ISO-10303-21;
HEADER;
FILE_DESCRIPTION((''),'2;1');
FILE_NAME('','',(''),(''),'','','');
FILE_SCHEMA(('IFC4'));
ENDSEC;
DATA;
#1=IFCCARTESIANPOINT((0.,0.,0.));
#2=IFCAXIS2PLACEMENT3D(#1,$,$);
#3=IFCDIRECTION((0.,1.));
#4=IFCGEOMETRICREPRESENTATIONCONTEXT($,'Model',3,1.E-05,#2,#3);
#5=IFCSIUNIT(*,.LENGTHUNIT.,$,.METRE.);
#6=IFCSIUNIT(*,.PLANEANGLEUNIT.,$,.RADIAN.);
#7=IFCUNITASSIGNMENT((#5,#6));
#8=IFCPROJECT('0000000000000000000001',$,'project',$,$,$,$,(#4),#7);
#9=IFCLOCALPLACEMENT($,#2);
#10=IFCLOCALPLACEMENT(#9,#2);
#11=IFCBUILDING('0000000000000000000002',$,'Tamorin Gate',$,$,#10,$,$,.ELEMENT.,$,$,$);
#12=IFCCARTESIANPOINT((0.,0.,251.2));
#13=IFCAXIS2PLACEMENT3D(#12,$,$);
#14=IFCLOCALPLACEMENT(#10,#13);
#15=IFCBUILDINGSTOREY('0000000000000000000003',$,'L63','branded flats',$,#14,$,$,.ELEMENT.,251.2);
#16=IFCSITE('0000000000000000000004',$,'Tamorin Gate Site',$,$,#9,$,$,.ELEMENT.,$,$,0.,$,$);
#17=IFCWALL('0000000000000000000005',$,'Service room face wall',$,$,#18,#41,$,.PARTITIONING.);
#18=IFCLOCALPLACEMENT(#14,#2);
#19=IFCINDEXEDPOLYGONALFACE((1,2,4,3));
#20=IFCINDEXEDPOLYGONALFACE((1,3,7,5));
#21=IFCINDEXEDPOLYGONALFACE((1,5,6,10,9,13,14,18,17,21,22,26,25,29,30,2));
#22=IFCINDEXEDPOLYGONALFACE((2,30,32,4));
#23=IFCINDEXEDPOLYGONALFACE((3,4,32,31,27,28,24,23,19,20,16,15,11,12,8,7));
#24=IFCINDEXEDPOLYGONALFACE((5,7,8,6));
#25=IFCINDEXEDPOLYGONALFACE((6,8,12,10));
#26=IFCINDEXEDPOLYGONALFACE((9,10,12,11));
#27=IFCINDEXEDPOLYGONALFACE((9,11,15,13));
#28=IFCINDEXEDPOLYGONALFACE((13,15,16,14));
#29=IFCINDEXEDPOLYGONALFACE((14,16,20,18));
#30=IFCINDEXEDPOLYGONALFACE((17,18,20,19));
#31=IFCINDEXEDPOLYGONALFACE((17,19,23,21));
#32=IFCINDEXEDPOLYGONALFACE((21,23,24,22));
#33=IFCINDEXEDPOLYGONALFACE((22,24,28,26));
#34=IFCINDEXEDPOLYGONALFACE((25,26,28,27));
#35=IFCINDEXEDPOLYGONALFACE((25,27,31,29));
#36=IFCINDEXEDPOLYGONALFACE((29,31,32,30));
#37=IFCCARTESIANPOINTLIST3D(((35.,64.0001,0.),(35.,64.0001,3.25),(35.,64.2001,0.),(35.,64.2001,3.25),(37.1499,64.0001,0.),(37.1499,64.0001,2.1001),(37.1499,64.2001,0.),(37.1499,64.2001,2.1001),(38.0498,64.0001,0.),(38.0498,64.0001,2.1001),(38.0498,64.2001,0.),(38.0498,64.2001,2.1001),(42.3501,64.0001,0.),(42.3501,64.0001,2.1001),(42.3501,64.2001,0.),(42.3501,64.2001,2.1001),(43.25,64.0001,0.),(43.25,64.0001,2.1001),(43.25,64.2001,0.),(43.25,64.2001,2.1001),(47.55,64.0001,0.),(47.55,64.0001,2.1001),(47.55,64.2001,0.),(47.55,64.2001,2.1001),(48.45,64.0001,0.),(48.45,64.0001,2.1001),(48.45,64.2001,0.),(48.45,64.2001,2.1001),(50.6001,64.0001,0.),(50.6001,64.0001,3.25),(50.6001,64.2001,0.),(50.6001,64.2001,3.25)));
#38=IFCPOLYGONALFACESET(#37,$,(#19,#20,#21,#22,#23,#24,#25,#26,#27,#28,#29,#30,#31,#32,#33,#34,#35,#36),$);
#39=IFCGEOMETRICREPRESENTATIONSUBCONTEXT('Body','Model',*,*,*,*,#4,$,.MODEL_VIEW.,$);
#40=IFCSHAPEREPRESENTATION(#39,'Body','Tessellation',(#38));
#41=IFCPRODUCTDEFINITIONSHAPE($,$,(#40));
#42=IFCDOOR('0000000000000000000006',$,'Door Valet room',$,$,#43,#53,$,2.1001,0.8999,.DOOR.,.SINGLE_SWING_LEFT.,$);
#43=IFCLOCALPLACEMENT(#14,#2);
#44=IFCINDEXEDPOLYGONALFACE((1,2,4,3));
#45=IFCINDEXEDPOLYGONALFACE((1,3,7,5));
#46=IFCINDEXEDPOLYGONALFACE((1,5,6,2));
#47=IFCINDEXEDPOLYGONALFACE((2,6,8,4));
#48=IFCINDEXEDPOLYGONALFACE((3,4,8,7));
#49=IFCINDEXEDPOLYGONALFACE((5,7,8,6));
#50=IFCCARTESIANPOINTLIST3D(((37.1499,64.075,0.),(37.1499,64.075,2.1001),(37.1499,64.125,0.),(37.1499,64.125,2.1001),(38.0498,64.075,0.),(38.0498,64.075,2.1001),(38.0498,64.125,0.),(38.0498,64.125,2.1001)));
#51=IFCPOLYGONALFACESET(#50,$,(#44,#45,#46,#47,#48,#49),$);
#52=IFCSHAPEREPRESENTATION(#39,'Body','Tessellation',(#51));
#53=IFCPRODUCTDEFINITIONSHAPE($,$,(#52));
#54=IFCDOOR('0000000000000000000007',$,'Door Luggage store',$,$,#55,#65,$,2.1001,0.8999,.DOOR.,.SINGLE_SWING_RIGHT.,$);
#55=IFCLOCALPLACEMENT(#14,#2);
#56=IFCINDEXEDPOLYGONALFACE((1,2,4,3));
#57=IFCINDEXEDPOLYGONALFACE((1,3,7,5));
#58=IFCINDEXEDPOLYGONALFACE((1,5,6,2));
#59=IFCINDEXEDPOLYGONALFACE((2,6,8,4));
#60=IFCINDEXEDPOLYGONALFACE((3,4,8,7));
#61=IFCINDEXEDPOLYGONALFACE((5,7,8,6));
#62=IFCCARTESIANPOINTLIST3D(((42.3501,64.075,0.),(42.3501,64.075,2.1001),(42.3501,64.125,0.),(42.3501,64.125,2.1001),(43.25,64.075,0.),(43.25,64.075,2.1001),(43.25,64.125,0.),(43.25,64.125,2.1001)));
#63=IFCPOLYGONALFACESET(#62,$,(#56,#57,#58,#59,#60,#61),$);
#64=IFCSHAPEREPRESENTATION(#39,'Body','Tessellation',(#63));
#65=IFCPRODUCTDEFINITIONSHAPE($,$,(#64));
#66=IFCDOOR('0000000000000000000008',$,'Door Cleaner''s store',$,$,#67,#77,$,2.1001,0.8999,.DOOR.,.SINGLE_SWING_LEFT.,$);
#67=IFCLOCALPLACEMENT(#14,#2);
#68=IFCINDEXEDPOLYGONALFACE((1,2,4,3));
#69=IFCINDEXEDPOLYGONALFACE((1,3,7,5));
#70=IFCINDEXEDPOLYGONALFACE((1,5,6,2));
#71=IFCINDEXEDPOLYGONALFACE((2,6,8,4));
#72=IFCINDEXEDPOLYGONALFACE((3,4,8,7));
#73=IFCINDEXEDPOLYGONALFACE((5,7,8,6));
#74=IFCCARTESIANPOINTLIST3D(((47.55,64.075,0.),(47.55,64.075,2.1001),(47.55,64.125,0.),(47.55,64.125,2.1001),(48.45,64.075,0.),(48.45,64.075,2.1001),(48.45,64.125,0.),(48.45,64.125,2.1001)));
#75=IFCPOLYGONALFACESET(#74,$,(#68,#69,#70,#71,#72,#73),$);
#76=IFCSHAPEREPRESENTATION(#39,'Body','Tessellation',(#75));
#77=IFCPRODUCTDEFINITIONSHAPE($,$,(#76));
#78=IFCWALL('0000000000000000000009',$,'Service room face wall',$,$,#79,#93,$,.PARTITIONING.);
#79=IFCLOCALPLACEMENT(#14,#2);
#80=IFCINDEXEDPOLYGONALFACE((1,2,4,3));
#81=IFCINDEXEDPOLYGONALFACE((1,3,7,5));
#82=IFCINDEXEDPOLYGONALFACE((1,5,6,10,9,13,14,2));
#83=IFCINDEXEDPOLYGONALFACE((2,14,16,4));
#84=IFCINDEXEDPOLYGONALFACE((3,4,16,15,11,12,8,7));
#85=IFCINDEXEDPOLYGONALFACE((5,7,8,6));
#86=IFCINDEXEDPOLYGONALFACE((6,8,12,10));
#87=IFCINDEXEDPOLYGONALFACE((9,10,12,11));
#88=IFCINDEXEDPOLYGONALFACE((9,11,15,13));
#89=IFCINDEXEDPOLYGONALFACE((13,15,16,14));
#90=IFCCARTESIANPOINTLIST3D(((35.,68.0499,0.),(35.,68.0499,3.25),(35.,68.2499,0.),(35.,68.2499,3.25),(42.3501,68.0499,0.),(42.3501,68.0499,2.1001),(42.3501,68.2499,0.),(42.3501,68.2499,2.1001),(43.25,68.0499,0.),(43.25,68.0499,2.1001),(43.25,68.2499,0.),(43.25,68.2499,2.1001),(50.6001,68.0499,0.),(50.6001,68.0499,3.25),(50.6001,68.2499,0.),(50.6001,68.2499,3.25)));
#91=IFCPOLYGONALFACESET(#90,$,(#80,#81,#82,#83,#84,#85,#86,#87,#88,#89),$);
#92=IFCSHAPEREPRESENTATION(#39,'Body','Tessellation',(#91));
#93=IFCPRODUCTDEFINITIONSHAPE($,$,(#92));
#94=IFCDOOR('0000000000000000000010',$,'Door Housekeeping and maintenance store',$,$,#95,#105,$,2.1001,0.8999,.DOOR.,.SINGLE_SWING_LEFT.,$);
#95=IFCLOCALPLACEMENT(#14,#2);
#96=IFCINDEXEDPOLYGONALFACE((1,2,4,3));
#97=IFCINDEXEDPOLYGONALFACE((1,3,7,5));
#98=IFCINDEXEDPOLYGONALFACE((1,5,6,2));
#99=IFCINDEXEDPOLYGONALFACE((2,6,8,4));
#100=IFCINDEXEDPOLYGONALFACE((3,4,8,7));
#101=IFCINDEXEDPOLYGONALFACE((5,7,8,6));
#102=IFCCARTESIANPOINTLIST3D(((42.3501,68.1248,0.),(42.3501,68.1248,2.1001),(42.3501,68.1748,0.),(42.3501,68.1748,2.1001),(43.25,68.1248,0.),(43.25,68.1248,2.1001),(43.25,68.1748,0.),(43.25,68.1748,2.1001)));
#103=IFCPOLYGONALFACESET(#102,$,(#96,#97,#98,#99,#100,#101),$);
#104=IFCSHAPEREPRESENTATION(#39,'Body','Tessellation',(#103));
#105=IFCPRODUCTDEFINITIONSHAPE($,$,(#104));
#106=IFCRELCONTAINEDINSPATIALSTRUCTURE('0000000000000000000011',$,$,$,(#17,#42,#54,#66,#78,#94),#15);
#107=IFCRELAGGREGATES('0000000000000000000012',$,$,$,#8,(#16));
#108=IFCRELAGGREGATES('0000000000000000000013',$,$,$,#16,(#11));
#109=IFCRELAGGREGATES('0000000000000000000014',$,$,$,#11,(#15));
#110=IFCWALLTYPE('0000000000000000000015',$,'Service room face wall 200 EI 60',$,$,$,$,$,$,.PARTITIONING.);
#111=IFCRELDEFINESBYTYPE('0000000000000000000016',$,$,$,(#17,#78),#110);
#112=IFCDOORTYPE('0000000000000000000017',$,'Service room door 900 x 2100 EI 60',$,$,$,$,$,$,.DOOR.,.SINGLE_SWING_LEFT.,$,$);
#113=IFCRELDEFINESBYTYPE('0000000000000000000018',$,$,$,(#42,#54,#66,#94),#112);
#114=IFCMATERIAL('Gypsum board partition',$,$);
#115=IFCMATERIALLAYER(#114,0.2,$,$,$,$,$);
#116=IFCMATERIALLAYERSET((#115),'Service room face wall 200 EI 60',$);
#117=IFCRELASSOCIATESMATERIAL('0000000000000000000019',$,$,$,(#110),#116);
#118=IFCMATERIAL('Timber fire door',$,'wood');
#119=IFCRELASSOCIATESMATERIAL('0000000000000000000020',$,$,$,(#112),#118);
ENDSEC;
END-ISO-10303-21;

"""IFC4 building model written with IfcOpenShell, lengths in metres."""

from ifc_helpers import new_model, si_unit, direction, frame, frame_2d, origin, place, context, subcontext, project, spatial, rectangle, extrude, material, layer, layer_set, type_object, element, fill, save


model = new_model("IFC4")

# Units and contexts
model_context = context("Model", 3, precision=1e-05, world=origin(), true_north=direction((0.0, 1.0)))
body_context = subcontext(model_context, "Body", "Model", "MODEL_VIEW")
ifc_project = project(units=[si_unit("LENGTHUNIT", "METRE"), si_unit("PLANEANGLEUNIT", "RADIAN")], contexts=[model_context])

# Site, building, storey
site_placement = place(None, origin())
site = spatial("IfcSite", under=ifc_project, at=site_placement, Name="Tamorin Gate Site", CompositionType="ELEMENT", RefElevation=0.0)
building_placement = place(site_placement, origin())
building = spatial("IfcBuilding", under=site, at=building_placement, Name="Tamorin Gate", CompositionType="ELEMENT")
storey_placement = place(building_placement, frame((0.0, 0.0, 251.2)))
storey = spatial("IfcBuildingStorey", under=building, at=storey_placement, Name="L63", Description="branded flats", CompositionType="ELEMENT", Elevation=251.2)

# Wall, openings, doors
ifc_material_1 = material(Name="Gypsum board partition")
ifc_layer_1 = layer(ifc_material_1, 0.2)
ifc_layer_set_1 = layer_set([ifc_layer_1], Name="Service room face wall 200 EI 60")
wall_type_1 = type_object("IfcWallType", Name="Service room face wall 200 EI 60", PredefinedType="PARTITIONING", material=ifc_layer_set_1)
wall_1_placement = place(storey_placement, frame((35.0, 64.1001, 0.0), z_axis=(0.0, 0.0, 1.0), x_axis=(1.0, 0.0, 0.0)))
wall_1 = element("IfcWall", 1, at=wall_1_placement, inside=storey, type_object=wall_type_1, Name="Service room face wall", PredefinedType="PARTITIONING", context=body_context, shape_type="SweptSolid", body=[
    extrude(rectangle(XDim=15.6001, YDim=0.2, at=frame_2d((7.8, 0.0))), origin(), (0.0, 0.0, 1.0), 3.25),
])
opening_1_placement = place(wall_1_placement, frame((2.1499, 0.0, 0.0)))
opening_1 = element("IfcOpeningElement", 2, at=opening_1_placement, cuts=wall_1, PredefinedType="OPENING", context=body_context, shape_type="SweptSolid", body=[
    extrude(rectangle(XDim=0.8999, YDim=2.1001, at=frame_2d((0.45, 1.05))), frame((0.0, 0.1099, 0.0), z_axis=(0.0, -1.0, 0.0), x_axis=(1.0, 0.0, 0.0)), (0.0, 0.0, 1.0), 0.22),
])
opening_2_placement = place(wall_1_placement, frame((7.3501, 0.0, 0.0)))
opening_2 = element("IfcOpeningElement", 3, at=opening_2_placement, cuts=wall_1, PredefinedType="OPENING", context=body_context, shape_type="SweptSolid", body=[
    extrude(rectangle(XDim=0.8999, YDim=2.1001, at=frame_2d((0.45, 1.05))), frame((0.0, 0.1099, 0.0), z_axis=(0.0, -1.0, 0.0), x_axis=(1.0, 0.0, 0.0)), (0.0, 0.0, 1.0), 0.22),
])
opening_3_placement = place(wall_1_placement, frame((12.55, 0.0, 0.0)))
opening_3 = element("IfcOpeningElement", 4, at=opening_3_placement, cuts=wall_1, PredefinedType="OPENING", context=body_context, shape_type="SweptSolid", body=[
    extrude(rectangle(XDim=0.8999, YDim=2.1001, at=frame_2d((0.45, 1.05))), frame((0.0, 0.1099, 0.0), z_axis=(0.0, -1.0, 0.0), x_axis=(1.0, 0.0, 0.0)), (0.0, 0.0, 1.0), 0.22),
])
ifc_material_2 = material(Name="Timber fire door", Category="wood")
door_type_1 = type_object("IfcDoorType", Name="Service room door 900 x 2100 EI 60", OperationType="SINGLE_SWING_LEFT", PredefinedType="DOOR", material=ifc_material_2)
door_1_placement = place(opening_1_placement, origin())
door_1 = element("IfcDoor", 5, at=door_1_placement, inside=storey, type_object=door_type_1, Name="Door Valet room", OperationType="SINGLE_SWING_LEFT", OverallHeight=2.1001, OverallWidth=0.8999, PredefinedType="DOOR", context=body_context, shape_type="SweptSolid", body=[
    extrude(rectangle(XDim=0.8999, YDim=2.1001, at=frame_2d((0.45, 1.05))), frame((0.0, 0.0249, 0.0), z_axis=(0.0, -1.0, 0.0), x_axis=(1.0, 0.0, 0.0)), (0.0, 0.0, 1.0), 0.05),
])
fill(opening_1, door_1)
door_2_placement = place(opening_2_placement, origin())
door_2 = element("IfcDoor", 6, at=door_2_placement, inside=storey, type_object=door_type_1, Name="Door Luggage store", OperationType="SINGLE_SWING_RIGHT", OverallHeight=2.1001, OverallWidth=0.8999, PredefinedType="DOOR", context=body_context, shape_type="SweptSolid", body=[
    extrude(rectangle(XDim=0.8999, YDim=2.1001, at=frame_2d((0.45, 1.05))), frame((0.0, 0.0249, 0.0), z_axis=(0.0, -1.0, 0.0), x_axis=(1.0, 0.0, 0.0)), (0.0, 0.0, 1.0), 0.05),
])
fill(opening_2, door_2)
door_3_placement = place(opening_3_placement, origin())
door_3 = element("IfcDoor", 7, at=door_3_placement, inside=storey, type_object=door_type_1, Name="Door Cleaner's store", OperationType="SINGLE_SWING_LEFT", OverallHeight=2.1001, OverallWidth=0.8999, PredefinedType="DOOR", context=body_context, shape_type="SweptSolid", body=[
    extrude(rectangle(XDim=0.8999, YDim=2.1001, at=frame_2d((0.45, 1.05))), frame((0.0, 0.0249, 0.0), z_axis=(0.0, -1.0, 0.0), x_axis=(1.0, 0.0, 0.0)), (0.0, 0.0, 1.0), 0.05),
])
fill(opening_3, door_3)

# Wall, opening, door
wall_2_placement = place(storey_placement, frame((35.0, 68.1499, 0.0), z_axis=(0.0, 0.0, 1.0), x_axis=(1.0, 0.0, 0.0)))
wall_2 = element("IfcWall", 8, at=wall_2_placement, inside=storey, type_object=wall_type_1, Name="Service room face wall", PredefinedType="PARTITIONING", context=body_context, shape_type="SweptSolid", body=[
    extrude(rectangle(XDim=15.6001, YDim=0.2, at=frame_2d((7.8, 0.0))), origin(), (0.0, 0.0, 1.0), 3.25),
])
opening_4_placement = place(wall_2_placement, frame((7.3501, 0.0, 0.0)))
opening_4 = element("IfcOpeningElement", 9, at=opening_4_placement, cuts=wall_2, PredefinedType="OPENING", context=body_context, shape_type="SweptSolid", body=[
    extrude(rectangle(XDim=0.8999, YDim=2.1001, at=frame_2d((0.45, 1.05))), frame((0.0, 0.1099, 0.0), z_axis=(0.0, -1.0, 0.0), x_axis=(1.0, 0.0, 0.0)), (0.0, 0.0, 1.0), 0.22),
])
door_4_placement = place(opening_4_placement, origin())
door_4 = element("IfcDoor", 10, at=door_4_placement, inside=storey, type_object=door_type_1, Name="Door Housekeeping and maintenance store", OperationType="SINGLE_SWING_LEFT", OverallHeight=2.1001, OverallWidth=0.8999, PredefinedType="DOOR", context=body_context, shape_type="SweptSolid", body=[
    extrude(rectangle(XDim=0.8999, YDim=2.1001, at=frame_2d((0.45, 1.05))), frame((0.0, 0.0249, 0.0), z_axis=(0.0, -1.0, 0.0), x_axis=(1.0, 0.0, 0.0)), (0.0, 0.0, 1.0), 0.05),
])
fill(opening_4, door_4)

save(model, "model.ifc")
